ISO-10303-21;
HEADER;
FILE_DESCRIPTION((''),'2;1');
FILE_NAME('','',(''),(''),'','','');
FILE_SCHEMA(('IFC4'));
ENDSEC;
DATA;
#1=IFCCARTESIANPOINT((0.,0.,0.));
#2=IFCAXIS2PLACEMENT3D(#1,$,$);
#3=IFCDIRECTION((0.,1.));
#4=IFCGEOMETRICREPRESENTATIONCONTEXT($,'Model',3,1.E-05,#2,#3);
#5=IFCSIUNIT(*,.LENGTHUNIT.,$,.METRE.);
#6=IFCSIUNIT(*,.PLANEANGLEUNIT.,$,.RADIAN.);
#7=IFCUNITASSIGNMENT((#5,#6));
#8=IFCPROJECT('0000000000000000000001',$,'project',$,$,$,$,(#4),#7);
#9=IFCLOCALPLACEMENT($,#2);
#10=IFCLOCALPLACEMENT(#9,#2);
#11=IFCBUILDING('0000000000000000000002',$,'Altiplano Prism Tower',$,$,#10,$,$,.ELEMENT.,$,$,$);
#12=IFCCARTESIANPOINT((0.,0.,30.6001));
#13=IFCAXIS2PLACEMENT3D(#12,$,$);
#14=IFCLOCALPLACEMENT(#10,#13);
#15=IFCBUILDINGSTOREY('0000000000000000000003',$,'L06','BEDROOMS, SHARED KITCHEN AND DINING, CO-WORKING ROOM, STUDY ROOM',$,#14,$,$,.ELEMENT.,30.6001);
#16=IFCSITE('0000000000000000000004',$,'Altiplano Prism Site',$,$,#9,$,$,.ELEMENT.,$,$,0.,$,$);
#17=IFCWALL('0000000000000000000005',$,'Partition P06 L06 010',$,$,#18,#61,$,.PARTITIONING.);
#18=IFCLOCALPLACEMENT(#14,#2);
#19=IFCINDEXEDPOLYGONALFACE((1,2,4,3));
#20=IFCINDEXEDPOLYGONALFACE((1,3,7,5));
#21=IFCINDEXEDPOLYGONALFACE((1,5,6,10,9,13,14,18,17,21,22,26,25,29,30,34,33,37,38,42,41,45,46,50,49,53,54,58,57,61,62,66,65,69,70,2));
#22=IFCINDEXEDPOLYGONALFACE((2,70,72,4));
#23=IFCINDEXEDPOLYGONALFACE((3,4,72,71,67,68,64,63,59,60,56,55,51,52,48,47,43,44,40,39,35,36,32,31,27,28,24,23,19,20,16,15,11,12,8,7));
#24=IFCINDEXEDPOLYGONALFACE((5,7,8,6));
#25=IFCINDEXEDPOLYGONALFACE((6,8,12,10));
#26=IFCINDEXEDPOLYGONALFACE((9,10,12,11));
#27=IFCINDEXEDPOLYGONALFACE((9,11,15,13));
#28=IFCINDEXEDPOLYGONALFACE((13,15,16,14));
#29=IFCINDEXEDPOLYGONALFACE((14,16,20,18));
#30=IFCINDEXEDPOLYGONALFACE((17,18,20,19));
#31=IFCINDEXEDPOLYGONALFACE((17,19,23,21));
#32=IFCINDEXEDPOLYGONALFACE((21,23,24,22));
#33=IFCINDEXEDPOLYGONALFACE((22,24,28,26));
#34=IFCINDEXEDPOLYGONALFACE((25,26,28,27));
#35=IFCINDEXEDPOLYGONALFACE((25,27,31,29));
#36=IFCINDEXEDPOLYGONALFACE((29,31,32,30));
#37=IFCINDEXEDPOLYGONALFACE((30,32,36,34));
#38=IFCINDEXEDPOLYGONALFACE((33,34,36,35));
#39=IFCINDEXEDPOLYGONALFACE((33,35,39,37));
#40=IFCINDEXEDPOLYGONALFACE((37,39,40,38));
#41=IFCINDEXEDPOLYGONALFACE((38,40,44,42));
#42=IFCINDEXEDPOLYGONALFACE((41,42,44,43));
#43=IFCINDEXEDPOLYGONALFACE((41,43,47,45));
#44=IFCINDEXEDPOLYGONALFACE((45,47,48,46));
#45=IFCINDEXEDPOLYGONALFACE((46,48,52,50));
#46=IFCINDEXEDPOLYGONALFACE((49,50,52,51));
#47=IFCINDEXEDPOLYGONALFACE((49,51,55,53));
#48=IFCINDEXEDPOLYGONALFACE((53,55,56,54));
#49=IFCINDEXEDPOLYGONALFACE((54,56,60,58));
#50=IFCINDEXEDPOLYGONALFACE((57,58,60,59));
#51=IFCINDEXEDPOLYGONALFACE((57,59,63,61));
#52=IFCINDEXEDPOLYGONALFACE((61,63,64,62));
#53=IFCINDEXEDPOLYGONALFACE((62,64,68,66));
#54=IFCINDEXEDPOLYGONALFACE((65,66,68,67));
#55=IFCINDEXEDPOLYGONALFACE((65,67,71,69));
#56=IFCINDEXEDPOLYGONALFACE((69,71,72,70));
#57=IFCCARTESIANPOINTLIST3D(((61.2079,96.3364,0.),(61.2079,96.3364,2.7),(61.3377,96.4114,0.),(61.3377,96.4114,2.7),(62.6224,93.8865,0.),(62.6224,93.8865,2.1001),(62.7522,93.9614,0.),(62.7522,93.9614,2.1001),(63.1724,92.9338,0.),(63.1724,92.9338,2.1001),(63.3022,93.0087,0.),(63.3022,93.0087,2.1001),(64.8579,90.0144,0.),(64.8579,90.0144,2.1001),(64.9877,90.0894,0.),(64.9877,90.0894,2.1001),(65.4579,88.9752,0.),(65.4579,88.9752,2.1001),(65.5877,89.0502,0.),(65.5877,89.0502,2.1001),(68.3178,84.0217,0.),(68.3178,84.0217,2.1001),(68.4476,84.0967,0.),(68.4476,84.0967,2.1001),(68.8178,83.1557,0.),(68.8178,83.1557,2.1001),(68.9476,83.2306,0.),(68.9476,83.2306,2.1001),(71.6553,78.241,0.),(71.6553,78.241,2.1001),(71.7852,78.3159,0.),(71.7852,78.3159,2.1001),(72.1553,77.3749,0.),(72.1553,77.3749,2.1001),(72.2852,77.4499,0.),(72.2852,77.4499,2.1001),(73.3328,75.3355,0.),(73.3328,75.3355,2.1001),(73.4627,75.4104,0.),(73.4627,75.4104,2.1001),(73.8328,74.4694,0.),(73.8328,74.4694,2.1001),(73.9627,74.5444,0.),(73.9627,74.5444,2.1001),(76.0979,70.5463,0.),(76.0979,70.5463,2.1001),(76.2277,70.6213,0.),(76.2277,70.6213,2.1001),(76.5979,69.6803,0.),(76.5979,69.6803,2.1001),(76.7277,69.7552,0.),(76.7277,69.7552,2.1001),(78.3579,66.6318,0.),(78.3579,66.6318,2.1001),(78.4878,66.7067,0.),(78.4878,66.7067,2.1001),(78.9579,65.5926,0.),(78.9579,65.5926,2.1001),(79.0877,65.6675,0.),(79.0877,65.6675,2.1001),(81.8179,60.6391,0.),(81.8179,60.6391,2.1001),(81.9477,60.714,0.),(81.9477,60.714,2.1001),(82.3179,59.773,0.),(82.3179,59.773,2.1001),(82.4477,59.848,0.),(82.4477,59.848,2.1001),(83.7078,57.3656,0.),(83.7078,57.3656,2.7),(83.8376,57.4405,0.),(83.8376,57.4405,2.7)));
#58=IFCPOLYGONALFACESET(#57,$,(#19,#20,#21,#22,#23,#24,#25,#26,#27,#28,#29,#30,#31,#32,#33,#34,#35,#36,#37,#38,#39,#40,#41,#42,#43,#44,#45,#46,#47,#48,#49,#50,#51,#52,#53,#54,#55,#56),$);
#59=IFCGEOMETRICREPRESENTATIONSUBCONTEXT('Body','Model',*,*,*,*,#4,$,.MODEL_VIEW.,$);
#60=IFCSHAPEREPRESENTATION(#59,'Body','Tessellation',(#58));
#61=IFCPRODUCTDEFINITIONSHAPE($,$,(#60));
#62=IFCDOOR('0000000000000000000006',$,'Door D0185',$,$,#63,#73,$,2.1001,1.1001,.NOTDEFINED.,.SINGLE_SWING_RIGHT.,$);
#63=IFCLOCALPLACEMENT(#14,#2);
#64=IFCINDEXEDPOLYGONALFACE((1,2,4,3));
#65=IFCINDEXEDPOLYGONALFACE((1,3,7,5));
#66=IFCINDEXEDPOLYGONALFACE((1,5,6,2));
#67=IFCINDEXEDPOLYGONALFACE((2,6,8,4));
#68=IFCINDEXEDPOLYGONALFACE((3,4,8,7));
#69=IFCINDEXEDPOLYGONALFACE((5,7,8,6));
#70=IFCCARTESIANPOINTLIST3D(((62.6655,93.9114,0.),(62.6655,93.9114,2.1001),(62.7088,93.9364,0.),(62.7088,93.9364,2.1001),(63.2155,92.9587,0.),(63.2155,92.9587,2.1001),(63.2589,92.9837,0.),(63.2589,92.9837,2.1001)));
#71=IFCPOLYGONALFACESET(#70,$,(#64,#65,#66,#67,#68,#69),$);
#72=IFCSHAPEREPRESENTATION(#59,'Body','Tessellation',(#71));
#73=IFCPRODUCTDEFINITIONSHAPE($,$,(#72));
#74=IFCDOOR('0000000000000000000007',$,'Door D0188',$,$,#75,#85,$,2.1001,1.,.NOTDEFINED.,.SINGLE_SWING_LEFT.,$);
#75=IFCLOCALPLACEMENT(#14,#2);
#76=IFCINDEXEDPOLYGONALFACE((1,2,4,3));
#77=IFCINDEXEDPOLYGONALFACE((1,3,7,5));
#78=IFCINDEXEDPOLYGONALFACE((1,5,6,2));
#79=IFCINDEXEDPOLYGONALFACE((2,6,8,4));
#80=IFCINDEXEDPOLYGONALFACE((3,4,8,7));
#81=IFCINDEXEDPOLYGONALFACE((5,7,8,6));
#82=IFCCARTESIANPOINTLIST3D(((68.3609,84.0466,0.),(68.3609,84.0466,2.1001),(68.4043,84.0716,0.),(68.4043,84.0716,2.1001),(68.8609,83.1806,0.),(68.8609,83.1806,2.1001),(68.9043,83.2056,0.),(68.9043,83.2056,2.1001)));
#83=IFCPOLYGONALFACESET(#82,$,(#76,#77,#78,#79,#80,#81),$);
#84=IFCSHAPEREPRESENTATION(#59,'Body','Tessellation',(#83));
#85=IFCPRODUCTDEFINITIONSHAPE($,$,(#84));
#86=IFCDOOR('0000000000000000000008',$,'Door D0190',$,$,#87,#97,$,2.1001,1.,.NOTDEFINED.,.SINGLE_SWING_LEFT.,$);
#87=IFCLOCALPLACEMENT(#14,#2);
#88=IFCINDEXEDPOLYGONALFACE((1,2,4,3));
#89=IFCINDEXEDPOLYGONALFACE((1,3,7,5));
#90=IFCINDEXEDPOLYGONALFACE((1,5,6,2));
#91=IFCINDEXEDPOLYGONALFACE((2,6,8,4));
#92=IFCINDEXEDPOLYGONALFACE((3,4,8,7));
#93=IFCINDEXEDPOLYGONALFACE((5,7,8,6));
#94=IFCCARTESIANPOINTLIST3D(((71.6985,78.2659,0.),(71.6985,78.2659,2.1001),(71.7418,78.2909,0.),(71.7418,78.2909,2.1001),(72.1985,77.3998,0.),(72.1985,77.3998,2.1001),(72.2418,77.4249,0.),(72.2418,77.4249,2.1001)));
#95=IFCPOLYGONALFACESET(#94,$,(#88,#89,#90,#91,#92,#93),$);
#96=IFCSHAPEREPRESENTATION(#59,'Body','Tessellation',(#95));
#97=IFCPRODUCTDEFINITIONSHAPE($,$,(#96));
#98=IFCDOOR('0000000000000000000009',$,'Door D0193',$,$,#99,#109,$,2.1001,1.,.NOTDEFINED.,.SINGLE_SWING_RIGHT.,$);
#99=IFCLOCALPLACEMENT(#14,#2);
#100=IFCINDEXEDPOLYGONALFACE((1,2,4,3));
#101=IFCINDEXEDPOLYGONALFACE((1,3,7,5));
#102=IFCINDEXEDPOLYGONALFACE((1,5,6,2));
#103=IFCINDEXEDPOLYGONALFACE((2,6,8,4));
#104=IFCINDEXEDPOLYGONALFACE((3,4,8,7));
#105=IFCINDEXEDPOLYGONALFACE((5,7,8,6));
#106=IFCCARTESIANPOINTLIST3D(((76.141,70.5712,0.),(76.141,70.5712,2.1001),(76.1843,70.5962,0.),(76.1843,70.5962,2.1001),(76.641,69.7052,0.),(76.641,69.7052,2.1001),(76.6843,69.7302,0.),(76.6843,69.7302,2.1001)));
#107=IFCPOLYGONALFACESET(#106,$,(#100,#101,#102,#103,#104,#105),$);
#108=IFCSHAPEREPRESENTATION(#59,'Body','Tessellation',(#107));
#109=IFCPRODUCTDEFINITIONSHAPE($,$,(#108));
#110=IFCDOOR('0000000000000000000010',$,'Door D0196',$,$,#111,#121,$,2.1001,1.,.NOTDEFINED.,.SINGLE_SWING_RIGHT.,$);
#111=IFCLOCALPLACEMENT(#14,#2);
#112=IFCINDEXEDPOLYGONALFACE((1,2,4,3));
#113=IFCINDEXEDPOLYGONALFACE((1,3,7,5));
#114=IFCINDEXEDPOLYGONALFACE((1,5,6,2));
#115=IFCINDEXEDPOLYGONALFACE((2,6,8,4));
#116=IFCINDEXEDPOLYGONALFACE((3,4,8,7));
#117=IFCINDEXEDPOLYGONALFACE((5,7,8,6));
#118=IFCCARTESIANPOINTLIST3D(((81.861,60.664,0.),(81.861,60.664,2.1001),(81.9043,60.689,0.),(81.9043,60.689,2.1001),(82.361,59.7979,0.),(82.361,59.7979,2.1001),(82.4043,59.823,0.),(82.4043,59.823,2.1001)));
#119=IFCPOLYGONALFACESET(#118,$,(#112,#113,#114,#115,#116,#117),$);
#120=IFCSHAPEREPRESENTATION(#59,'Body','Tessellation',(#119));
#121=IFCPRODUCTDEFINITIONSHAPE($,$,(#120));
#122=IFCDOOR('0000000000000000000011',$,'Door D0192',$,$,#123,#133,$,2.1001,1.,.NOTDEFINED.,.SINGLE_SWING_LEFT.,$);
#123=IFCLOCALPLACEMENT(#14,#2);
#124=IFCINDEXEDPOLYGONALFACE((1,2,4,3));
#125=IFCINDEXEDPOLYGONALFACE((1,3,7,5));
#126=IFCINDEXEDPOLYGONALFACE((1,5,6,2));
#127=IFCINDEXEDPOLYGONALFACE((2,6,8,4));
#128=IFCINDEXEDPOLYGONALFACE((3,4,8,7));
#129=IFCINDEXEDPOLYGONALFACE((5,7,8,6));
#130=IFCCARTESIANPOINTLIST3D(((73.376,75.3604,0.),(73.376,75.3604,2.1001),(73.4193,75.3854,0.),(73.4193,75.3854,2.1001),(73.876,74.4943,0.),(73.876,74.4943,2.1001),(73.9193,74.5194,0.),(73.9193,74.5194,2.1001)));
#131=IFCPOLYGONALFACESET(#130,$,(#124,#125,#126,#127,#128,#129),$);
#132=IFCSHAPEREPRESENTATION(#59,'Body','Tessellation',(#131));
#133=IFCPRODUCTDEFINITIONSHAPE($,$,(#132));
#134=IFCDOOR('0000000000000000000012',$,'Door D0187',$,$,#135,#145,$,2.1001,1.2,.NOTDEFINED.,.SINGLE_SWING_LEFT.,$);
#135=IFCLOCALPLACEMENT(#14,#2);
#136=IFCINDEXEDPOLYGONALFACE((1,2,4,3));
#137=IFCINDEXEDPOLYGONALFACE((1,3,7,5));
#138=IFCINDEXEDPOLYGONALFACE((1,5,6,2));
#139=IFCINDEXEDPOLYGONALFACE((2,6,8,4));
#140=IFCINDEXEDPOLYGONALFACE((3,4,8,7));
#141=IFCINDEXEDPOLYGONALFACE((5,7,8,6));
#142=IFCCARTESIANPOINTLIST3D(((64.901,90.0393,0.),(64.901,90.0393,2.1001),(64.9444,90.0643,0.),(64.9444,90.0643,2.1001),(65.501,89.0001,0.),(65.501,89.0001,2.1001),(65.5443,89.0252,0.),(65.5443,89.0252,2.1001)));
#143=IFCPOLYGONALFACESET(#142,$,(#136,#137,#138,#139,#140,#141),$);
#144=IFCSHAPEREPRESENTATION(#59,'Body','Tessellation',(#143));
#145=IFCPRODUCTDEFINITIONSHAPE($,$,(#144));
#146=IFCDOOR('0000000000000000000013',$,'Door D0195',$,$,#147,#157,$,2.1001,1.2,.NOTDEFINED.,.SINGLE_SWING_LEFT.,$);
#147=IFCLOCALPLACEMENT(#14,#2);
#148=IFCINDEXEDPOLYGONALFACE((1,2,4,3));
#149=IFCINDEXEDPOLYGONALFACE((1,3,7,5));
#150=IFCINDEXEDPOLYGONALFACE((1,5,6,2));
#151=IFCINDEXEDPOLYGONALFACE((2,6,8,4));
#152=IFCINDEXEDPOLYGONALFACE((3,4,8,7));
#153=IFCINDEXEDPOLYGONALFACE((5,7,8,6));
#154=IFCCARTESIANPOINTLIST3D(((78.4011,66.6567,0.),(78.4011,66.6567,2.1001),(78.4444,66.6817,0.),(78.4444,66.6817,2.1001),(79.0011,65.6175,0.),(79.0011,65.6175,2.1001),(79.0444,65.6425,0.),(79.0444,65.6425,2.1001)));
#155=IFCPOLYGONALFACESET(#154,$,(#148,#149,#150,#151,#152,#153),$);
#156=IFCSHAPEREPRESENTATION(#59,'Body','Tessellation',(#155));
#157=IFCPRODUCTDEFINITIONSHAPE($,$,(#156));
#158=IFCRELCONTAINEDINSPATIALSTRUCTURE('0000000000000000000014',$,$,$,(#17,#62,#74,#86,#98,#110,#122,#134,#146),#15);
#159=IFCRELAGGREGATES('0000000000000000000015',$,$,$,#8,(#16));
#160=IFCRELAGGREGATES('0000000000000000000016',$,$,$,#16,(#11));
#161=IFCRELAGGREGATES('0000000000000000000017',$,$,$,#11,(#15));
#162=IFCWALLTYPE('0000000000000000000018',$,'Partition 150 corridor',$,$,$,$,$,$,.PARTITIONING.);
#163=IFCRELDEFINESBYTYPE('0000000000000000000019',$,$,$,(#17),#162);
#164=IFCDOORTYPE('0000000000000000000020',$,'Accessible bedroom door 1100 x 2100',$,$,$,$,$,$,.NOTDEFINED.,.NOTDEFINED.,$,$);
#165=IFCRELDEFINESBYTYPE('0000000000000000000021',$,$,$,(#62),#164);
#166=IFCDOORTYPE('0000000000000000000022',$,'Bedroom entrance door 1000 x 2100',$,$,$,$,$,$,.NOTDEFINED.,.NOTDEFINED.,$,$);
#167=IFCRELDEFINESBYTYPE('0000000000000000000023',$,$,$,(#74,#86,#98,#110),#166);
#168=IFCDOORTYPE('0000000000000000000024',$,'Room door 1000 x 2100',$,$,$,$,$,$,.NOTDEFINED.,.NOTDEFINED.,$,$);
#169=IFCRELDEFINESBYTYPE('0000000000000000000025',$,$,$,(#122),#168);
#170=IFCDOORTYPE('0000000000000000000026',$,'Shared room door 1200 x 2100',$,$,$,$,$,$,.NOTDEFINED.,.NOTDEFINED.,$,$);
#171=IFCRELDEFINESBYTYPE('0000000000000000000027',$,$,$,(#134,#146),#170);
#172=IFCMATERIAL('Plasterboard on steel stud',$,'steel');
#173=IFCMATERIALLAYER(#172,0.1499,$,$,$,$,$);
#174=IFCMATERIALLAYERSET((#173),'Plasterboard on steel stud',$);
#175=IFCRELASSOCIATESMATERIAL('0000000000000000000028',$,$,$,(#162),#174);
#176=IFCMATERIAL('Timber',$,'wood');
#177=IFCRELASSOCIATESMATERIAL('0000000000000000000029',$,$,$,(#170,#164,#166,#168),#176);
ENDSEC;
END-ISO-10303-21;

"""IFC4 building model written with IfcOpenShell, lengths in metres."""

from ifc_helpers import new_model, si_unit, direction, frame, frame_2d, origin, place, context, subcontext, project, spatial, rectangle, extrude, material, layer, layer_set, type_object, element, fill, save


model = new_model("IFC4")

# Units and contexts
model_context = context("Model", 3, precision=1e-05, world=origin(), true_north=direction((0.0, 1.0)))
body_context = subcontext(model_context, "Body", "Model", "MODEL_VIEW")
ifc_project = project(units=[si_unit("LENGTHUNIT", "METRE"), si_unit("PLANEANGLEUNIT", "RADIAN")], contexts=[model_context])

# Site, building, storey
site_placement = place(None, origin())
site = spatial("IfcSite", under=ifc_project, at=site_placement, Name="Altiplano Prism Site", CompositionType="ELEMENT", RefElevation=0.0)
building_placement = place(site_placement, origin())
building = spatial("IfcBuilding", under=site, at=building_placement, Name="Altiplano Prism Tower", CompositionType="ELEMENT")
storey_placement = place(building_placement, frame((0.0, 0.0, 30.6001)))
storey = spatial("IfcBuildingStorey", under=building, at=storey_placement, Name="L06", Description="BEDROOMS, SHARED KITCHEN AND DINING, CO-WORKING ROOM, STUDY ROOM", CompositionType="ELEMENT", Elevation=30.6001)

# Shared definitions
ifc_material_1 = material(Name="Plasterboard on steel stud", Category="steel")
ifc_layer_1 = layer(ifc_material_1, 0.1499)
ifc_layer_set_1 = layer_set([ifc_layer_1], Name="Plasterboard on steel stud")
wall_type_1 = type_object("IfcWallType", Name="Partition 150 corridor", PredefinedType="PARTITIONING", material=ifc_layer_set_1)

# Shared definitions
ifc_material_2 = material(Name="Timber", Category="wood")
door_type_1 = type_object("IfcDoorType", Name="Shared room door 1200 x 2100", OperationType="NOTDEFINED", PredefinedType="NOTDEFINED", material=ifc_material_2)

# Wall, openings, doors
wall_1_placement = place(storey_placement, frame((61.2727, 96.374, 0.0), z_axis=(0.0, 0.0, 1.0), x_axis=(0.500002, -0.866024, 0.0)))
wall_1 = element("IfcWall", 1, at=wall_1_placement, inside=storey, type_object=wall_type_1, Name="Partition P06 L06 010", PredefinedType="PARTITIONING", context=body_context, shape_type="SweptSolid", body=[
    extrude(rectangle(XDim=44.9998, YDim=0.1499, at=frame_2d((22.5, 0.0))), origin(), (0.0, 0.0, 1.0), 2.7),
])
opening_1_placement = place(wall_1_placement, frame((2.8291, 0.0, 0.0)))
opening_1 = element("IfcOpeningElement", 2, at=opening_1_placement, cuts=wall_1, PredefinedType="OPENING", context=body_context, shape_type="SweptSolid", body=[
    extrude(rectangle(XDim=1.1001, YDim=2.1001, at=frame_2d((0.55, 1.05))), frame((0.0, 0.0854, 0.0), z_axis=(0.0, -1.0, 0.0), x_axis=(1.0, 0.0, 0.0)), (0.0, 0.0, 1.0), 0.1709),
])
opening_2_placement = place(wall_1_placement, frame((7.3, 0.0, 0.0)))
opening_2 = element("IfcOpeningElement", 3, at=opening_2_placement, cuts=wall_1, PredefinedType="OPENING", context=body_context, shape_type="SweptSolid", body=[
    extrude(rectangle(XDim=1.2, YDim=2.1001, at=frame_2d((0.6001, 1.05))), frame((0.0, 0.0854, 0.0), z_axis=(0.0, -1.0, 0.0), x_axis=(1.0, 0.0, 0.0)), (0.0, 0.0, 1.0), 0.1709),
])
opening_3_placement = place(wall_1_placement, frame((14.22, 0.0, 0.0)))
opening_3 = element("IfcOpeningElement", 4, at=opening_3_placement, cuts=wall_1, PredefinedType="OPENING", context=body_context, shape_type="SweptSolid", body=[
    extrude(rectangle(XDim=1.0, YDim=2.1001, at=frame_2d((0.5, 1.05))), frame((0.0, 0.0854, 0.0), z_axis=(0.0, -1.0, 0.0), x_axis=(1.0, 0.0, 0.0)), (0.0, 0.0, 1.0), 0.1709),
])
opening_4_placement = place(wall_1_placement, frame((20.895, 0.0, 0.0)))
opening_4 = element("IfcOpeningElement", 5, at=opening_4_placement, cuts=wall_1, PredefinedType="OPENING", context=body_context, shape_type="SweptSolid", body=[
    extrude(rectangle(XDim=1.0, YDim=2.1001, at=frame_2d((0.5, 1.05))), frame((0.0, 0.0854, 0.0), z_axis=(0.0, -1.0, 0.0), x_axis=(1.0, 0.0, 0.0)), (0.0, 0.0, 1.0), 0.1709),
])
opening_5_placement = place(wall_1_placement, frame((24.25, 0.0, 0.0)))
opening_5 = element("IfcOpeningElement", 6, at=opening_5_placement, cuts=wall_1, PredefinedType="OPENING", context=body_context, shape_type="SweptSolid", body=[
    extrude(rectangle(XDim=1.0, YDim=2.1001, at=frame_2d((0.5, 1.05))), frame((0.0, 0.0854, 0.0), z_axis=(0.0, -1.0, 0.0), x_axis=(1.0, 0.0, 0.0)), (0.0, 0.0, 1.0), 0.1709),
])
opening_6_placement = place(wall_1_placement, frame((29.78, 0.0, 0.0)))
opening_6 = element("IfcOpeningElement", 7, at=opening_6_placement, cuts=wall_1, PredefinedType="OPENING", context=body_context, shape_type="SweptSolid", body=[
    extrude(rectangle(XDim=1.0, YDim=2.1001, at=frame_2d((0.5, 1.05))), frame((0.0, 0.0854, 0.0), z_axis=(0.0, -1.0, 0.0), x_axis=(1.0, 0.0, 0.0)), (0.0, 0.0, 1.0), 0.1709),
])
opening_7_placement = place(wall_1_placement, frame((34.3, 0.0, 0.0)))
opening_7 = element("IfcOpeningElement", 8, at=opening_7_placement, cuts=wall_1, PredefinedType="OPENING", context=body_context, shape_type="SweptSolid", body=[
    extrude(rectangle(XDim=1.2, YDim=2.1001, at=frame_2d((0.6001, 1.05))), frame((0.0, 0.0854, 0.0), z_axis=(0.0, -1.0, 0.0), x_axis=(1.0, 0.0, 0.0)), (0.0, 0.0, 1.0), 0.1709),
])
opening_8_placement = place(wall_1_placement, frame((41.22, 0.0, 0.0)))
opening_8 = element("IfcOpeningElement", 9, at=opening_8_placement, cuts=wall_1, PredefinedType="OPENING", context=body_context, shape_type="SweptSolid", body=[
    extrude(rectangle(XDim=1.0, YDim=2.1001, at=frame_2d((0.5, 1.05))), frame((0.0, 0.0854, 0.0), z_axis=(0.0, -1.0, 0.0), x_axis=(1.0, 0.0, 0.0)), (0.0, 0.0, 1.0), 0.1709),
])
door_type_2 = type_object("IfcDoorType", Name="Accessible bedroom door 1100 x 2100", OperationType="NOTDEFINED", PredefinedType="NOTDEFINED", material=ifc_material_2)
door_1_placement = place(opening_1_placement, origin())
door_1 = element("IfcDoor", 10, at=door_1_placement, inside=storey, type_object=door_type_2, Name="Door D0185", OperationType="SINGLE_SWING_RIGHT", OverallHeight=2.1001, OverallWidth=1.1001, PredefinedType="NOTDEFINED", context=body_context, shape_type="SweptSolid", body=[
    extrude(rectangle(XDim=1.1001, YDim=2.1001, at=frame_2d((0.55, 1.05))), frame((0.0, 0.0249, 0.0), z_axis=(0.0, -1.0, 0.0), x_axis=(1.0, 0.0, 0.0)), (0.0, 0.0, 1.0), 0.05),
])
fill(opening_1, door_1)
door_type_3 = type_object("IfcDoorType", Name="Bedroom entrance door 1000 x 2100", OperationType="NOTDEFINED", PredefinedType="NOTDEFINED", material=ifc_material_2)
door_2_placement = place(opening_3_placement, origin())
door_2 = element("IfcDoor", 11, at=door_2_placement, inside=storey, type_object=door_type_3, Name="Door D0188", OperationType="SINGLE_SWING_LEFT", OverallHeight=2.1001, OverallWidth=1.0, PredefinedType="NOTDEFINED", context=body_context, shape_type="SweptSolid", body=[
    extrude(rectangle(XDim=1.0, YDim=2.1001, at=frame_2d((0.5, 1.05))), frame((0.0, 0.0249, 0.0), z_axis=(0.0, -1.0, 0.0), x_axis=(1.0, 0.0, 0.0)), (0.0, 0.0, 1.0), 0.05),
])
fill(opening_3, door_2)
door_3_placement = place(opening_4_placement, origin())
door_3 = element("IfcDoor", 12, at=door_3_placement, inside=storey, type_object=door_type_3, Name="Door D0190", OperationType="SINGLE_SWING_LEFT", OverallHeight=2.1001, OverallWidth=1.0, PredefinedType="NOTDEFINED", context=body_context, shape_type="SweptSolid", body=[
    extrude(rectangle(XDim=1.0, YDim=2.1001, at=frame_2d((0.5, 1.05))), frame((0.0, 0.0249, 0.0), z_axis=(0.0, -1.0, 0.0), x_axis=(1.0, 0.0, 0.0)), (0.0, 0.0, 1.0), 0.05),
])
fill(opening_4, door_3)
door_4_placement = place(opening_6_placement, origin())
door_4 = element("IfcDoor", 13, at=door_4_placement, inside=storey, type_object=door_type_3, Name="Door D0193", OperationType="SINGLE_SWING_RIGHT", OverallHeight=2.1001, OverallWidth=1.0, PredefinedType="NOTDEFINED", context=body_context, shape_type="SweptSolid", body=[
    extrude(rectangle(XDim=1.0, YDim=2.1001, at=frame_2d((0.5, 1.05))), frame((0.0, 0.0249, 0.0), z_axis=(0.0, -1.0, 0.0), x_axis=(1.0, 0.0, 0.0)), (0.0, 0.0, 1.0), 0.05),
])
fill(opening_6, door_4)
door_5_placement = place(opening_8_placement, origin())
door_5 = element("IfcDoor", 14, at=door_5_placement, inside=storey, type_object=door_type_3, Name="Door D0196", OperationType="SINGLE_SWING_RIGHT", OverallHeight=2.1001, OverallWidth=1.0, PredefinedType="NOTDEFINED", context=body_context, shape_type="SweptSolid", body=[
    extrude(rectangle(XDim=1.0, YDim=2.1001, at=frame_2d((0.5, 1.05))), frame((0.0, 0.0249, 0.0), z_axis=(0.0, -1.0, 0.0), x_axis=(1.0, 0.0, 0.0)), (0.0, 0.0, 1.0), 0.05),
])
fill(opening_8, door_5)
door_type_4 = type_object("IfcDoorType", Name="Room door 1000 x 2100", OperationType="NOTDEFINED", PredefinedType="NOTDEFINED", material=ifc_material_2)
door_6_placement = place(opening_5_placement, origin())
door_6 = element("IfcDoor", 15, at=door_6_placement, inside=storey, type_object=door_type_4, Name="Door D0192", OperationType="SINGLE_SWING_LEFT", OverallHeight=2.1001, OverallWidth=1.0, PredefinedType="NOTDEFINED", context=body_context, shape_type="SweptSolid", body=[
    extrude(rectangle(XDim=1.0, YDim=2.1001, at=frame_2d((0.5, 1.05))), frame((0.0, 0.0249, 0.0), z_axis=(0.0, -1.0, 0.0), x_axis=(1.0, 0.0, 0.0)), (0.0, 0.0, 1.0), 0.05),
])
fill(opening_5, door_6)
door_7_placement = place(opening_2_placement, origin())
door_7 = element("IfcDoor", 16, at=door_7_placement, inside=storey, type_object=door_type_1, Name="Door D0187", OperationType="SINGLE_SWING_LEFT", OverallHeight=2.1001, OverallWidth=1.2, PredefinedType="NOTDEFINED", context=body_context, shape_type="SweptSolid", body=[
    extrude(rectangle(XDim=1.2, YDim=2.1001, at=frame_2d((0.6001, 1.05))), frame((0.0, 0.0249, 0.0), z_axis=(0.0, -1.0, 0.0), x_axis=(1.0, 0.0, 0.0)), (0.0, 0.0, 1.0), 0.05),
])
fill(opening_2, door_7)
door_8_placement = place(opening_7_placement, origin())
door_8 = element("IfcDoor", 17, at=door_8_placement, inside=storey, type_object=door_type_1, Name="Door D0195", OperationType="SINGLE_SWING_LEFT", OverallHeight=2.1001, OverallWidth=1.2, PredefinedType="NOTDEFINED", context=body_context, shape_type="SweptSolid", body=[
    extrude(rectangle(XDim=1.2, YDim=2.1001, at=frame_2d((0.6001, 1.05))), frame((0.0, 0.0249, 0.0), z_axis=(0.0, -1.0, 0.0), x_axis=(1.0, 0.0, 0.0)), (0.0, 0.0, 1.0), 0.05),
])
fill(opening_7, door_8)

save(model, "model.ifc")
